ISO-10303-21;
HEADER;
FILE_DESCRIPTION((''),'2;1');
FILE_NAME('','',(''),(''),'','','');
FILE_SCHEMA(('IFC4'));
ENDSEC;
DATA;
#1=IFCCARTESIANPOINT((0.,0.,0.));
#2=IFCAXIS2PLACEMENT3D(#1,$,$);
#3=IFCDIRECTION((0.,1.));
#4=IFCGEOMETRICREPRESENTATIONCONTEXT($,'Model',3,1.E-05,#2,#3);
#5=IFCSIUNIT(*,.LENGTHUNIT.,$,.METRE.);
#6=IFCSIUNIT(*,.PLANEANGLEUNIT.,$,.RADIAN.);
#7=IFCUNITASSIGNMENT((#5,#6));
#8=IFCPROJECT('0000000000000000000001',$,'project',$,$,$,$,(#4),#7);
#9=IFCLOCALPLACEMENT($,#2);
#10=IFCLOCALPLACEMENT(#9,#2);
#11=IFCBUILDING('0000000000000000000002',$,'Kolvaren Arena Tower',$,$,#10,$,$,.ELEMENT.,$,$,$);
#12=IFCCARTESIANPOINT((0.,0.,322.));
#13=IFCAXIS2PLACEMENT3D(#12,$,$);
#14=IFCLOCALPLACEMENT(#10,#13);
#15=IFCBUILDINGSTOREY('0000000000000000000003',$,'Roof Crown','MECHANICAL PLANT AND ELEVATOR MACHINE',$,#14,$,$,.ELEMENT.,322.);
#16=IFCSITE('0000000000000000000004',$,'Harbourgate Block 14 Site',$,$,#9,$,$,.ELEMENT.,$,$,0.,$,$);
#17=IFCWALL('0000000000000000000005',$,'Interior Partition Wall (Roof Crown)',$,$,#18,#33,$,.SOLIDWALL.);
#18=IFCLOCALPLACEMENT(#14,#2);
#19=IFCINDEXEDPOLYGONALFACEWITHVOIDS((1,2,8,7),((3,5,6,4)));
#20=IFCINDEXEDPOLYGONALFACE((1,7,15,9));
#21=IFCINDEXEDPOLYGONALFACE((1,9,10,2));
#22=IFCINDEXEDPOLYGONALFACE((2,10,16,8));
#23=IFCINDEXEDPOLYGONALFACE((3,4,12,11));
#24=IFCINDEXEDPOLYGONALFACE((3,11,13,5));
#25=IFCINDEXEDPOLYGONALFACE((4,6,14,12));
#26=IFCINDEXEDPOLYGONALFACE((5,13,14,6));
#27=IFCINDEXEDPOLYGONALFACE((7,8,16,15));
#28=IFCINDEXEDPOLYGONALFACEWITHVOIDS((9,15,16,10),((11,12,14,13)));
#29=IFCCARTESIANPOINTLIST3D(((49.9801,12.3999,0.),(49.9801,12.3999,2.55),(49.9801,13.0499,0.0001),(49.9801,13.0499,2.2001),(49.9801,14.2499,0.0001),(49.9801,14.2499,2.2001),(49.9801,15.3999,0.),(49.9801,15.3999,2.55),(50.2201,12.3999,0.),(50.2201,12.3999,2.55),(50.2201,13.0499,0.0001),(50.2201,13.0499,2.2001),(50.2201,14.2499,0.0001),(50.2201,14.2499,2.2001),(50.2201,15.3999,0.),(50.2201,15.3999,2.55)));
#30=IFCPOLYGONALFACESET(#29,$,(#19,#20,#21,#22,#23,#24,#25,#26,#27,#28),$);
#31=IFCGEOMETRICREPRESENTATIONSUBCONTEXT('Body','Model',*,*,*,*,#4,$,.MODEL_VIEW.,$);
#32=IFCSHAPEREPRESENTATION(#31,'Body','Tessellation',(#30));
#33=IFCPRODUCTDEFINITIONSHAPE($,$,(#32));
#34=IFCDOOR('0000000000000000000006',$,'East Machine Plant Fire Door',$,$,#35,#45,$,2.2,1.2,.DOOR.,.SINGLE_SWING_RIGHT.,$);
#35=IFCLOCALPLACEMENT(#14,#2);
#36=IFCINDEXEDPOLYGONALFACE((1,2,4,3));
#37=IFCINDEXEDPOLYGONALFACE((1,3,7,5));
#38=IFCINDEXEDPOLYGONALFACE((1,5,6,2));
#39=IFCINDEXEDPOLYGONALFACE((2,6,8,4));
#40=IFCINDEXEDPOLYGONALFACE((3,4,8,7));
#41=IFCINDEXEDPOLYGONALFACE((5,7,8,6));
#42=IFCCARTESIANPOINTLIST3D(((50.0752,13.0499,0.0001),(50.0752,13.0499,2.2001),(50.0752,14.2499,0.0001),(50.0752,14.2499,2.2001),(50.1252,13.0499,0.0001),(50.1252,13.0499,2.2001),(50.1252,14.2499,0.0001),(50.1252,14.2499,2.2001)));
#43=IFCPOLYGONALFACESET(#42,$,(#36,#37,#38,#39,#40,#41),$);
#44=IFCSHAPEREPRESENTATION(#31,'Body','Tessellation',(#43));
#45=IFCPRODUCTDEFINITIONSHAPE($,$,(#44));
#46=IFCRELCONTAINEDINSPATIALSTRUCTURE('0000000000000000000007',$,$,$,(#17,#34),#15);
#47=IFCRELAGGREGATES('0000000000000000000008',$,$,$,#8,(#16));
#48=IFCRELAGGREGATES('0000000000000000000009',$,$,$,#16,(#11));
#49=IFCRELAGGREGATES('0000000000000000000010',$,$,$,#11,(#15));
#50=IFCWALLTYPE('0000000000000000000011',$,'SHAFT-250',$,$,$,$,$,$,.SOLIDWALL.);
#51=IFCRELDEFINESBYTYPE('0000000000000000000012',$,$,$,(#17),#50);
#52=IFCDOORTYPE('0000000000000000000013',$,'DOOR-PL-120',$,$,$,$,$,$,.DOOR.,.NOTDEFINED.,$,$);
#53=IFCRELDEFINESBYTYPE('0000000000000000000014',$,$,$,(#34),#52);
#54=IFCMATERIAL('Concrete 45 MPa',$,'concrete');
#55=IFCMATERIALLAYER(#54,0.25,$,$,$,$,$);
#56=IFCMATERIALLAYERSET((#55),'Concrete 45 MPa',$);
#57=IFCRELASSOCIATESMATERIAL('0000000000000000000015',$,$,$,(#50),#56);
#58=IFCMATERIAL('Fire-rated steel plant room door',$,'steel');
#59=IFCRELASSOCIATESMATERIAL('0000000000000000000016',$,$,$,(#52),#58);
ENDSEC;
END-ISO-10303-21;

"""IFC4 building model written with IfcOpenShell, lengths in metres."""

from ifc_helpers import new_model, si_unit, direction, frame, frame_2d, origin, place, context, subcontext, project, spatial, rectangle, extrude, material, layer, layer_set, type_object, element, fill, save


model = new_model("IFC4")

# Units and contexts
model_context = context("Model", 3, precision=1e-05, world=origin(), true_north=direction((0.0, 1.0)))
body_context = subcontext(model_context, "Body", "Model", "MODEL_VIEW")
ifc_project = project(units=[si_unit("LENGTHUNIT", "METRE"), si_unit("PLANEANGLEUNIT", "RADIAN")], contexts=[model_context])

# Site, building, storey
site_placement = place(None, origin())
site = spatial("IfcSite", under=ifc_project, at=site_placement, Name="Harbourgate Block 14 Site", CompositionType="ELEMENT", RefElevation=0.0)
building_placement = place(site_placement, origin())
building = spatial("IfcBuilding", under=site, at=building_placement, Name="Kolvaren Arena Tower", CompositionType="ELEMENT")
storey_placement = place(building_placement, frame((0.0, 0.0, 322.0)))
storey = spatial("IfcBuildingStorey", under=building, at=storey_placement, Name="Roof Crown", Description="MECHANICAL PLANT AND ELEVATOR MACHINE", CompositionType="ELEMENT", Elevation=322.0)

# Wall, opening, door
ifc_material_1 = material(Name="Concrete 45 MPa", Category="concrete")
ifc_layer_1 = layer(ifc_material_1, 0.25)
ifc_layer_set_1 = layer_set([ifc_layer_1], Name="Concrete 45 MPa")
wall_type_1 = type_object("IfcWallType", Name="SHAFT-250", PredefinedType="SOLIDWALL", material=ifc_layer_set_1)
wall_1_placement = place(storey_placement, frame((50.1001, 12.3999, 0.0), z_axis=(0.0, 0.0, 1.0), x_axis=(0.0, 1.0, 0.0)))
wall_1 = element("IfcWall", 1, at=wall_1_placement, inside=storey, type_object=wall_type_1, Name="Interior Partition Wall (Roof Crown)", PredefinedType="SOLIDWALL", context=body_context, shape_type="SweptSolid", body=[
    extrude(rectangle(XDim=3.0, YDim=0.24, at=frame_2d((1.5, 0.0))), origin(), (0.0, 0.0, 1.0), 2.55),
])
opening_1_placement = place(wall_1_placement, frame((0.6499, 0.0, 0.0)))
opening_1 = element("IfcOpeningElement", 2, at=opening_1_placement, cuts=wall_1, PredefinedType="OPENING", context=body_context, shape_type="SweptSolid", body=[
    extrude(rectangle(XDim=1.2, YDim=2.2, at=frame_2d((0.6001, 1.1001))), frame((0.0, 0.1299, 0.0), z_axis=(0.0, -1.0, 0.0), x_axis=(1.0, 0.0, 0.0)), (0.0, 0.0, 1.0), 0.26),
])
ifc_material_2 = material(Name="Fire-rated steel plant room door", Category="steel")
door_type_1 = type_object("IfcDoorType", Name="DOOR-PL-120", OperationType="NOTDEFINED", PredefinedType="DOOR", material=ifc_material_2)
door_1_placement = place(opening_1_placement, origin())
door_1 = element("IfcDoor", 3, at=door_1_placement, inside=storey, type_object=door_type_1, Name="East Machine Plant Fire Door", OperationType="SINGLE_SWING_RIGHT", OverallHeight=2.2, OverallWidth=1.2, PredefinedType="DOOR", context=body_context, shape_type="SweptSolid", body=[
    extrude(rectangle(XDim=1.2, YDim=2.2, at=frame_2d((0.6001, 1.1001))), frame((0.0, 0.0249, 0.0), z_axis=(0.0, -1.0, 0.0), x_axis=(1.0, 0.0, 0.0)), (0.0, 0.0, 1.0), 0.05),
])
fill(opening_1, door_1)

save(model, "model.ifc")
